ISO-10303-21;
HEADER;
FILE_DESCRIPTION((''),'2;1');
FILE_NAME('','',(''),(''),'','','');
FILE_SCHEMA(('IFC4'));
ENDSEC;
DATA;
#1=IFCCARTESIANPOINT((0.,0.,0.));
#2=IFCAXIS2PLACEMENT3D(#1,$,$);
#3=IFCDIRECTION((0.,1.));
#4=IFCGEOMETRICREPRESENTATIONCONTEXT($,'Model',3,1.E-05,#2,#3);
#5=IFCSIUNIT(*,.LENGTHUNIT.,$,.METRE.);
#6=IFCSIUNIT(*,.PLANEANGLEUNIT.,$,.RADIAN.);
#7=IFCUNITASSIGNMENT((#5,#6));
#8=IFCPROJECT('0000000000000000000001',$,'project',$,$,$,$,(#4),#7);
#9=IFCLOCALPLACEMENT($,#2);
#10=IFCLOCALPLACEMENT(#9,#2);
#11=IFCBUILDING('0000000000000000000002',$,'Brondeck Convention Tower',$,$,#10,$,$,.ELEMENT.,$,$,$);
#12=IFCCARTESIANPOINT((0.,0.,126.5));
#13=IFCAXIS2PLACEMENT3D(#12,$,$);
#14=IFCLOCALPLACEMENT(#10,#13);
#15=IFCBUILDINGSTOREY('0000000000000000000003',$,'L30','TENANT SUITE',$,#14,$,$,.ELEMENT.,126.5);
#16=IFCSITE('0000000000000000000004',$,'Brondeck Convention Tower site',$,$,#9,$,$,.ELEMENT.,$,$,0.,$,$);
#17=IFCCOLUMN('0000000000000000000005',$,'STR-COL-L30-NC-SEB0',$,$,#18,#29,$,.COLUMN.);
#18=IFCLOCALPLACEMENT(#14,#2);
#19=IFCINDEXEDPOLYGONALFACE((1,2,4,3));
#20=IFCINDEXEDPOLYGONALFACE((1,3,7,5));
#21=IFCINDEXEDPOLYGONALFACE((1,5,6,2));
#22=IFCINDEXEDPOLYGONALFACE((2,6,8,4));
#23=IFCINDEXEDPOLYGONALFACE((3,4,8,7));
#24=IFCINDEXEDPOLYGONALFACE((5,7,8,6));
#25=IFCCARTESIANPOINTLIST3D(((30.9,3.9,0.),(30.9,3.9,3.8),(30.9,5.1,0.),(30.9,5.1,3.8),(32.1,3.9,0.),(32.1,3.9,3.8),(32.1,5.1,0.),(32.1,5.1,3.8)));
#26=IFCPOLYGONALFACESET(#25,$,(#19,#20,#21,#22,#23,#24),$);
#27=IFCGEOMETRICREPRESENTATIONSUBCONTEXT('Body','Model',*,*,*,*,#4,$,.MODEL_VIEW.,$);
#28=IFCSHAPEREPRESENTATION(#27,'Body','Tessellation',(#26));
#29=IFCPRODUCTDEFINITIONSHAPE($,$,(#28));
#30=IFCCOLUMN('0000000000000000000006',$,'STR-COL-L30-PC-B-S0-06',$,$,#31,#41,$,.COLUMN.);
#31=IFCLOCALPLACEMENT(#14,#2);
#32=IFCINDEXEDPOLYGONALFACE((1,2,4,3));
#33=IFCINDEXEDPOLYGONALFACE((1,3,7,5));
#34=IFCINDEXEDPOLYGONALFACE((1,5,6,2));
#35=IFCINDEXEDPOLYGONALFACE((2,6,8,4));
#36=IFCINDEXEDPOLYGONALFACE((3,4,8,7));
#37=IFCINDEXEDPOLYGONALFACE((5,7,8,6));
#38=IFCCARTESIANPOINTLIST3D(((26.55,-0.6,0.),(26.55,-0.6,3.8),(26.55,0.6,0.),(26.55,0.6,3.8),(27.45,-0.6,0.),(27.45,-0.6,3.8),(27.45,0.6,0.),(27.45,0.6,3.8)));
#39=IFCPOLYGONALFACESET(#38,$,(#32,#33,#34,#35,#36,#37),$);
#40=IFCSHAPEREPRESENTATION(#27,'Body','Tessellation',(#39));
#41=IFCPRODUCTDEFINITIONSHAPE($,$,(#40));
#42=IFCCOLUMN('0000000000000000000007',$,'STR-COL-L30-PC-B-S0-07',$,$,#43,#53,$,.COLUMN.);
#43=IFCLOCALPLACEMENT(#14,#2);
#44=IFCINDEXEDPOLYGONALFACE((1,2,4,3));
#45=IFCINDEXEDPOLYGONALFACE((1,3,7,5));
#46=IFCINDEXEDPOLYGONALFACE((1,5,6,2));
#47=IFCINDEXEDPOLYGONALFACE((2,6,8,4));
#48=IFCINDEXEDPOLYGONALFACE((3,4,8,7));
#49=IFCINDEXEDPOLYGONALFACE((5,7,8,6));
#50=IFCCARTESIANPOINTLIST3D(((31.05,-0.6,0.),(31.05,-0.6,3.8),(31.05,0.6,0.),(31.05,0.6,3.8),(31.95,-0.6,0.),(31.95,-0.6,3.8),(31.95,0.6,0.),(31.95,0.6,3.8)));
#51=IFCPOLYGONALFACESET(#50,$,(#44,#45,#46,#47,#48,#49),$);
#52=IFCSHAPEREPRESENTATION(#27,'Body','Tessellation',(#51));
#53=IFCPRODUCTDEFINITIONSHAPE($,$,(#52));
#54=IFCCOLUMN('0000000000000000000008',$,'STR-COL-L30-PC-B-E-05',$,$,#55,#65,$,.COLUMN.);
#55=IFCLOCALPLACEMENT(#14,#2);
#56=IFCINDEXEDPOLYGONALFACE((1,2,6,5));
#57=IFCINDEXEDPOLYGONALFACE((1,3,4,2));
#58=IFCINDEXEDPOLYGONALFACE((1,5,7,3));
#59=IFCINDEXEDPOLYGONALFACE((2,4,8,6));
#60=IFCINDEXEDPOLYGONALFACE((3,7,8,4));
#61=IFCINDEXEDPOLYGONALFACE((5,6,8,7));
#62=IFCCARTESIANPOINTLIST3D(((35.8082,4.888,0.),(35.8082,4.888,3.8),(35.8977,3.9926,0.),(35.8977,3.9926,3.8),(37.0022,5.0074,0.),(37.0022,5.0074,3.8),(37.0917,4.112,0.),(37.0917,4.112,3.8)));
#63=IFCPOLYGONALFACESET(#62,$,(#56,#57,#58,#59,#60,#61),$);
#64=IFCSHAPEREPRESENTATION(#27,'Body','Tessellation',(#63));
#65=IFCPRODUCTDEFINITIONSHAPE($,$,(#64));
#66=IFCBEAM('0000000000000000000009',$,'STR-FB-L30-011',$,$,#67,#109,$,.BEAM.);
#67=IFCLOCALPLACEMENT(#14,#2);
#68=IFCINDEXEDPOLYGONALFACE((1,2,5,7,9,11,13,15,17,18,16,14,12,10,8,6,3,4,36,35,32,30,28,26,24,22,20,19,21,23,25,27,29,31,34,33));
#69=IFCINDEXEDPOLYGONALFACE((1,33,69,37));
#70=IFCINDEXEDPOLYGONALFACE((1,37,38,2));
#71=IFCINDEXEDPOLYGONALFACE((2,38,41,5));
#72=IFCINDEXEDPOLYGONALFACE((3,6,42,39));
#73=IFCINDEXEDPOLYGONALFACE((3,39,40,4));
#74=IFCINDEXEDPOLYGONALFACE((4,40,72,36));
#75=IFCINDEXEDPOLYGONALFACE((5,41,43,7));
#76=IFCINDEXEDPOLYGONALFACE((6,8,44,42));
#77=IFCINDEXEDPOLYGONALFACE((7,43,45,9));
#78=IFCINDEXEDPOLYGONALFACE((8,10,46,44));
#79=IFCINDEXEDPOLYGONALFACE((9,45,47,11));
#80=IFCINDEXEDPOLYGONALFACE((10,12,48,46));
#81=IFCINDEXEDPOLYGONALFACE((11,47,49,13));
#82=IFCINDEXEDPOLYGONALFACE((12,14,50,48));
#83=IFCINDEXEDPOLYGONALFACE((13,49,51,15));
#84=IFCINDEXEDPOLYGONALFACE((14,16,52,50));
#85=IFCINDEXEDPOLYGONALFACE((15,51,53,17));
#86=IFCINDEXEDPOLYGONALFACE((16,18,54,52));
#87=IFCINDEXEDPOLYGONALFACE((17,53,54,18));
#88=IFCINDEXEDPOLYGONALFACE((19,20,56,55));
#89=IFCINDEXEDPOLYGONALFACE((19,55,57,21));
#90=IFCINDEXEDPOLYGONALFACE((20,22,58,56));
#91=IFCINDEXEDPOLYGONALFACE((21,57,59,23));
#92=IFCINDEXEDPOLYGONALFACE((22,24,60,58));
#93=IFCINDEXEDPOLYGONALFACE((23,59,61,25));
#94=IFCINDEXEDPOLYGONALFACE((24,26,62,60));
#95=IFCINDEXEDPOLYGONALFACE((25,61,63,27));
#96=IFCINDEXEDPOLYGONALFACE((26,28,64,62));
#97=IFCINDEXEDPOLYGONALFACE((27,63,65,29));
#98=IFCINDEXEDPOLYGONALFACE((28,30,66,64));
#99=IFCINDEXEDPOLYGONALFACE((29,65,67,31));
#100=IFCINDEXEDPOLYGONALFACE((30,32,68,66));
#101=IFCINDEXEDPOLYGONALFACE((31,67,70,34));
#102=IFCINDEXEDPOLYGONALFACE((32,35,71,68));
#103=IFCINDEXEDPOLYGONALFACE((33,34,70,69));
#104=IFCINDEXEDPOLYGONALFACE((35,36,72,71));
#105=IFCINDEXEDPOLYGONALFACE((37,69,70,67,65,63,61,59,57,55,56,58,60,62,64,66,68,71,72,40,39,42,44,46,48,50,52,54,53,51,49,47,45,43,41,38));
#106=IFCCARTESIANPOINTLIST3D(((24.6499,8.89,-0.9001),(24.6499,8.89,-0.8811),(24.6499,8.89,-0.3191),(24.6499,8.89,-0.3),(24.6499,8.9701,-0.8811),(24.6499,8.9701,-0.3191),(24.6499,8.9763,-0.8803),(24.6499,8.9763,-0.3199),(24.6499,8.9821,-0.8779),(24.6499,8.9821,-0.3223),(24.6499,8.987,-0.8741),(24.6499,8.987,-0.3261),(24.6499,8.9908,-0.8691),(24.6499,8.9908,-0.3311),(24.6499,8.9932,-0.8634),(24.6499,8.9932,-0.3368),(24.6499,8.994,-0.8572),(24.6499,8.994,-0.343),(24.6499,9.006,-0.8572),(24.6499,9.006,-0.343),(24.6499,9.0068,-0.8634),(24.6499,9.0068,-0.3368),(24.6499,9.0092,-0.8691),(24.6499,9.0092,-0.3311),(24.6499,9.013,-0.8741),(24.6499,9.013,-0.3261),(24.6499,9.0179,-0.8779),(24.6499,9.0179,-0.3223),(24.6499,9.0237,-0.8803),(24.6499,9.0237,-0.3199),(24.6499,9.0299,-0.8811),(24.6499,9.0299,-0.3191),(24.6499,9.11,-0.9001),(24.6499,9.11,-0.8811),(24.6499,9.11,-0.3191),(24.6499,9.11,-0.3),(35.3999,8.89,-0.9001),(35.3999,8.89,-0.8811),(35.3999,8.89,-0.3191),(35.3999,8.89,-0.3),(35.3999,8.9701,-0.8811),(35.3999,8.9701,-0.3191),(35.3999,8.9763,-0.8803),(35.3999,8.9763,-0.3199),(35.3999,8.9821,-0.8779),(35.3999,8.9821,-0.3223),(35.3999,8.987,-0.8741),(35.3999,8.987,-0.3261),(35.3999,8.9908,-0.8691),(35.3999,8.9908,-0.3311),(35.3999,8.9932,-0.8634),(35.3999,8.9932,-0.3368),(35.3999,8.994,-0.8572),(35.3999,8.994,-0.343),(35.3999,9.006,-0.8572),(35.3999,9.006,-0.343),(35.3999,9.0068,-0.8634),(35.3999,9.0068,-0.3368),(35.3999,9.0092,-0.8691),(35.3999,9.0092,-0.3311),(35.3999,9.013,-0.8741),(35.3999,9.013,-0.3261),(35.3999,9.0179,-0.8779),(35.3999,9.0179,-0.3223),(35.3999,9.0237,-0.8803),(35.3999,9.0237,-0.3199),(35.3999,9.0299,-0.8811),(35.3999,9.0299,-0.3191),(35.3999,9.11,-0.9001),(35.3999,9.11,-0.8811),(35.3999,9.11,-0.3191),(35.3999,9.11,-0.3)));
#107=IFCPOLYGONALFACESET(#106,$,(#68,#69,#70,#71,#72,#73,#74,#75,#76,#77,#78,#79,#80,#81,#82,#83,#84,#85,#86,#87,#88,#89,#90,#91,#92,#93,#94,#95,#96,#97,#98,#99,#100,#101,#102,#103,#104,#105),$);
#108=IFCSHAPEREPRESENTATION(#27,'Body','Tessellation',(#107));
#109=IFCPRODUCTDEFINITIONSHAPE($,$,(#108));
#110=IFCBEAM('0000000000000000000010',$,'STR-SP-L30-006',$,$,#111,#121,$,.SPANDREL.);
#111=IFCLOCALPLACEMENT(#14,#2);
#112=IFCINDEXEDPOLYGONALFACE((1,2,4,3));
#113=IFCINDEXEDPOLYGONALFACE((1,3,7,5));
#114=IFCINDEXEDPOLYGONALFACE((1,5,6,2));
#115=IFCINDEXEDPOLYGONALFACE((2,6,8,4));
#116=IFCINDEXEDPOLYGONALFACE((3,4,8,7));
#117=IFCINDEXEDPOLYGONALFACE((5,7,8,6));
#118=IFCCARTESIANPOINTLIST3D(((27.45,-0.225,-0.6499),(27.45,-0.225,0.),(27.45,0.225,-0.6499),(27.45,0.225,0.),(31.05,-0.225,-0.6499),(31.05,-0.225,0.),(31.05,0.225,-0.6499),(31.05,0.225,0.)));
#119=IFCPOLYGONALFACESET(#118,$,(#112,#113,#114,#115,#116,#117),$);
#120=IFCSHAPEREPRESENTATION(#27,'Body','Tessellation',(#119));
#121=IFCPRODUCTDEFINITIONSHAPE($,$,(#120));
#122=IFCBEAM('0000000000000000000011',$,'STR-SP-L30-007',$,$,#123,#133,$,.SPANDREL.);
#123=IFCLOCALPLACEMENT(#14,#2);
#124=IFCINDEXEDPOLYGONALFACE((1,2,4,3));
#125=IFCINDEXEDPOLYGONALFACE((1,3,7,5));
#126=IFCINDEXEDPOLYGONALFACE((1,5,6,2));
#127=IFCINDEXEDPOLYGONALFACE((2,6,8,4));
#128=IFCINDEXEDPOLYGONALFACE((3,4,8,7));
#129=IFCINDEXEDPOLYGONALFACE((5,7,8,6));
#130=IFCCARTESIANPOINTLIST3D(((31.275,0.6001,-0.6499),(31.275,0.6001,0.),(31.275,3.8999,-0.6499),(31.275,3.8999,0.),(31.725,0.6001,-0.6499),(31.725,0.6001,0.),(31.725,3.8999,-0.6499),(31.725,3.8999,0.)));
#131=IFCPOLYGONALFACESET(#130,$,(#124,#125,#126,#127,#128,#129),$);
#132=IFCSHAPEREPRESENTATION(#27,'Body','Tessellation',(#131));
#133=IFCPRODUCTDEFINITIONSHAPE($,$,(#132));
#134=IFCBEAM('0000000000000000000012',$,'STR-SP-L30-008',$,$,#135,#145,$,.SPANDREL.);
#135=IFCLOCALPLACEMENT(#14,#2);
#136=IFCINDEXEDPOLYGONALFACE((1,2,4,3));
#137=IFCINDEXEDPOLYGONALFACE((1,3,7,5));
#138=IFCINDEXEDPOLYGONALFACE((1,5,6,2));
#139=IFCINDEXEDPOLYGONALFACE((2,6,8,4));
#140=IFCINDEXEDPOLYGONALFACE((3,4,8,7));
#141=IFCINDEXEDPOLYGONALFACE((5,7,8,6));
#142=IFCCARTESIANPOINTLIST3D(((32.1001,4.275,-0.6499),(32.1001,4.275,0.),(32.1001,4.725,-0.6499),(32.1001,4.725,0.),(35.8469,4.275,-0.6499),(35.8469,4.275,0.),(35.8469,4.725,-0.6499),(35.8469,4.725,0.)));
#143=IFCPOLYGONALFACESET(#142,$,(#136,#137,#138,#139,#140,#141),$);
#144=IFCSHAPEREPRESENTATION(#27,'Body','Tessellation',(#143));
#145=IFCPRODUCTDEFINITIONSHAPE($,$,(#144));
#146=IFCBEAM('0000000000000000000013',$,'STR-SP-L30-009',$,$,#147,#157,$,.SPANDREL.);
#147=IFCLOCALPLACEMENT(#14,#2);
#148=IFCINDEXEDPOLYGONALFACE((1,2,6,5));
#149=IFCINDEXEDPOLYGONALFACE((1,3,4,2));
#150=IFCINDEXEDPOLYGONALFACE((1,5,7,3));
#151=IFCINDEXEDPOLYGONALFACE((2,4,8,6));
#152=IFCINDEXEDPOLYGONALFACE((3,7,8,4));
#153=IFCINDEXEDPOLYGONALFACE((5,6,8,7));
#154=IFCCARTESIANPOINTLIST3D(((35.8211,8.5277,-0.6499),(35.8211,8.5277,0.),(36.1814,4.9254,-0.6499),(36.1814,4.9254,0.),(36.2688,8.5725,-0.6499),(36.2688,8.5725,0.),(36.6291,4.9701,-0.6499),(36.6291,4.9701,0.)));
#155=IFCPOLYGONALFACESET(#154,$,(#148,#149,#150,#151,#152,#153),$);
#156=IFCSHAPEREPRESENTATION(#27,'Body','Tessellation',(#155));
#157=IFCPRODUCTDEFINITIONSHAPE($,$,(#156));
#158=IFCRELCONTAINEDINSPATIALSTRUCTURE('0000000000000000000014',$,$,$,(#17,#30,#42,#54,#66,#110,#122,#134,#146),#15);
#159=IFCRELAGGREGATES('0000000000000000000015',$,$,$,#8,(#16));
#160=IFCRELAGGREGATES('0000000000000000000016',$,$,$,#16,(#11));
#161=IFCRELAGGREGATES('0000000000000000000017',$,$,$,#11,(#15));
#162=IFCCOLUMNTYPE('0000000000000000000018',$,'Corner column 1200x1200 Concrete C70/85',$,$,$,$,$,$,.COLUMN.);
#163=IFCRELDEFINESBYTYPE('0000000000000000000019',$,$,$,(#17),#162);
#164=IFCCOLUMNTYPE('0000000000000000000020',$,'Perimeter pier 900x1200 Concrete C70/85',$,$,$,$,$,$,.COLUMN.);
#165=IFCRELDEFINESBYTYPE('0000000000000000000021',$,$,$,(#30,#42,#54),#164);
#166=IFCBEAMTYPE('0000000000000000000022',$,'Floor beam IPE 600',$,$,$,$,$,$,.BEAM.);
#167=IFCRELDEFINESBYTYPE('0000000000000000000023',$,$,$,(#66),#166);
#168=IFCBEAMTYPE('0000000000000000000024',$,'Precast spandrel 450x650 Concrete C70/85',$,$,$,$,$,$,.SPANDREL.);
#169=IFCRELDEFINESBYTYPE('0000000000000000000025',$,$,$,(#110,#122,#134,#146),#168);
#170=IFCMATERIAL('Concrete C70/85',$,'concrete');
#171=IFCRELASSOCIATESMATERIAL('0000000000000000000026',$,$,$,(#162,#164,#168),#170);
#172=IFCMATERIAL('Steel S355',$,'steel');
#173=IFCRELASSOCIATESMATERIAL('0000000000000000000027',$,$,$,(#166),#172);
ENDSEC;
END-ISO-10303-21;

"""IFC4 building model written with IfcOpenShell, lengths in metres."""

from ifc_helpers import new_model, si_unit, direction, frame, origin, origin_2d, place, context, subcontext, project, spatial, rectangle, i_section, extrude, material, material_profile, profile_set, type_object, element, save


model = new_model("IFC4")

# Units and contexts
model_context = context("Model", 3, precision=1e-05, world=origin(), true_north=direction((0.0, 1.0)))
body_context = subcontext(model_context, "Body", "Model", "MODEL_VIEW")
ifc_project = project(units=[si_unit("LENGTHUNIT", "METRE"), si_unit("PLANEANGLEUNIT", "RADIAN")], contexts=[model_context])

# Site, building, storey
site_placement = place(None, origin())
site = spatial("IfcSite", under=ifc_project, at=site_placement, Name="Brondeck Convention Tower site", CompositionType="ELEMENT", RefElevation=0.0)
building_placement = place(site_placement, origin())
building = spatial("IfcBuilding", under=site, at=building_placement, Name="Brondeck Convention Tower", CompositionType="ELEMENT")
storey_placement = place(building_placement, frame((0.0, 0.0, 126.5)))
storey = spatial("IfcBuildingStorey", under=building, at=storey_placement, Name="L30", Description="TENANT SUITE", CompositionType="ELEMENT", Elevation=126.5)

# Columns
ifc_material_1 = material(Name="Concrete C70/85", Category="concrete")
ifc_material_profile_1 = material_profile(ifc_material_1, rectangle(XDim=1.2, YDim=1.2, at=origin_2d()), Name="Corner column 1200x1200 Concrete C70/85")
ifc_profile_set_1 = profile_set([ifc_material_profile_1], Name="Concrete C70/85")
column_type_1 = type_object("IfcColumnType", Name="Corner column 1200x1200 Concrete C70/85", PredefinedType="COLUMN", material=ifc_profile_set_1)
column_placement = place(storey_placement, frame((31.5, 4.5, 0.0), z_axis=(0.0, 0.0, 1.0), x_axis=(1.0, 0.0, 0.0)))
element("IfcColumn", 1, at=column_placement, inside=storey, type_object=column_type_1, Name="STR-COL-L30-NC-SEB0", PredefinedType="COLUMN", context=body_context, shape_type="SweptSolid", body=[
    extrude(rectangle(XDim=1.2, YDim=1.2, at=origin_2d()), origin(), (0.0, 0.0, 1.0), 3.8),
])
ifc_material_profile_2 = material_profile(ifc_material_1, rectangle(XDim=0.8999, YDim=1.2, at=origin_2d()), Name="Perimeter pier 900x1200 Concrete C70/85")
ifc_profile_set_2 = profile_set([ifc_material_profile_2], Name="Concrete C70/85")
column_type_2 = type_object("IfcColumnType", Name="Perimeter pier 900x1200 Concrete C70/85", PredefinedType="COLUMN", material=ifc_profile_set_2)
for number, where, z_axis, x_axis, name in (
    (2, (27.0, 0.0, 0.0), (0.0, 0.0, 1.0), (1.0, 0.0, 0.0), "STR-COL-L30-PC-B-S0-06"),
    (3, (31.5, 0.0, 0.0), (0.0, 0.0, 1.0), (1.0, 0.0, 0.0), "STR-COL-L30-PC-B-S0-07"),
    (4, (36.45, 4.5, 0.0), (0.0, 0.0, 1.0), (-0.099504, 0.995037, 0.0), "STR-COL-L30-PC-B-E-05"),
):
    element("IfcColumn", number, at=place(storey_placement, frame(where, z_axis=z_axis, x_axis=x_axis)), inside=storey, type_object=column_type_2, Name=name, PredefinedType="COLUMN", context=body_context, shape_type="SweptSolid", body=[
        extrude(rectangle(XDim=0.8999, YDim=1.2, at=origin_2d()), origin(), (0.0, 0.0, 1.0), 3.8),
    ])

# Beams
ifc_material_2 = material(Name="Steel S355", Category="steel")
ifc_material_profile_3 = material_profile(ifc_material_2, i_section(OverallWidth=0.22, OverallDepth=0.6001, WebThickness=0.012, FlangeThickness=0.019, FilletRadius=0.0239, at=origin_2d()), Name="IPE 600")
ifc_profile_set_3 = profile_set([ifc_material_profile_3], Name="Steel S355")
beam_type_1 = type_object("IfcBeamType", Name="Floor beam IPE 600", PredefinedType="BEAM", material=ifc_profile_set_3)
beam_1_placement = place(storey_placement, frame((24.6499, 9.0, -0.6001), z_axis=(1.0, 0.0, 0.0), x_axis=(0.0, 1.0, 0.0)))
element("IfcBeam", 5, at=beam_1_placement, inside=storey, type_object=beam_type_1, Name="STR-FB-L30-011", PredefinedType="BEAM", context=body_context, shape_type="SweptSolid", body=[
    extrude(i_section(OverallWidth=0.22, OverallDepth=0.6001, WebThickness=0.012, FlangeThickness=0.019, FilletRadius=0.0239, at=origin_2d()), origin(), (0.0, 0.0, 1.0), 10.75),
])
ifc_material_profile_4 = material_profile(ifc_material_1, rectangle(XDim=0.45, YDim=0.6499, at=origin_2d()), Name="Precast spandrel 450x650 Concrete C70/85")
ifc_profile_set_4 = profile_set([ifc_material_profile_4], Name="Concrete C70/85")
beam_type_2 = type_object("IfcBeamType", Name="Precast spandrel 450x650 Concrete C70/85", PredefinedType="SPANDREL", material=ifc_profile_set_4)
beam_2_placement = place(storey_placement, frame((27.45, 0.0, -0.325), z_axis=(1.0, 0.0, 0.0), x_axis=(0.0, 1.0, 0.0)))
element("IfcBeam", 6, at=beam_2_placement, inside=storey, type_object=beam_type_2, Name="STR-SP-L30-006", PredefinedType="SPANDREL", context=body_context, shape_type="SweptSolid", body=[
    extrude(rectangle(XDim=0.45, YDim=0.6499, at=origin_2d()), origin(), (0.0, 0.0, 1.0), 3.6001),
])
beam_3_placement = place(storey_placement, frame((31.5, 0.6001, -0.325), z_axis=(0.0, 1.0, 0.0), x_axis=(-1.0, 0.0, 0.0)))
element("IfcBeam", 7, at=beam_3_placement, inside=storey, type_object=beam_type_2, Name="STR-SP-L30-007", PredefinedType="SPANDREL", context=body_context, shape_type="SweptSolid", body=[
    extrude(rectangle(XDim=0.45, YDim=0.6499, at=origin_2d()), origin(), (0.0, 0.0, 1.0), 3.2998),
])
beam_4_placement = place(storey_placement, frame((32.1001, 4.5, -0.325), z_axis=(1.0, 0.0, 0.0), x_axis=(0.0, 1.0, 0.0)))
element("IfcBeam", 8, at=beam_4_placement, inside=storey, type_object=beam_type_2, Name="STR-SP-L30-008", PredefinedType="SPANDREL", context=body_context, shape_type="SweptSolid", body=[
    extrude(rectangle(XDim=0.45, YDim=0.6499, at=origin_2d()), origin(), (0.0, 0.0, 1.0), 3.7468),
])
beam_5_placement = place(storey_placement, frame((36.4053, 4.9478, -0.325), z_axis=(-0.099537, 0.995034, 0.0), x_axis=(-0.995034, -0.099537, 0.0)))
element("IfcBeam", 9, at=beam_5_placement, inside=storey, type_object=beam_type_2, Name="STR-SP-L30-009", PredefinedType="SPANDREL", context=body_context, shape_type="SweptSolid", body=[
    extrude(rectangle(XDim=0.45, YDim=0.6499, at=origin_2d()), origin(), (0.0, 0.0, 1.0), 3.6204),
])

save(model, "model.ifc")
